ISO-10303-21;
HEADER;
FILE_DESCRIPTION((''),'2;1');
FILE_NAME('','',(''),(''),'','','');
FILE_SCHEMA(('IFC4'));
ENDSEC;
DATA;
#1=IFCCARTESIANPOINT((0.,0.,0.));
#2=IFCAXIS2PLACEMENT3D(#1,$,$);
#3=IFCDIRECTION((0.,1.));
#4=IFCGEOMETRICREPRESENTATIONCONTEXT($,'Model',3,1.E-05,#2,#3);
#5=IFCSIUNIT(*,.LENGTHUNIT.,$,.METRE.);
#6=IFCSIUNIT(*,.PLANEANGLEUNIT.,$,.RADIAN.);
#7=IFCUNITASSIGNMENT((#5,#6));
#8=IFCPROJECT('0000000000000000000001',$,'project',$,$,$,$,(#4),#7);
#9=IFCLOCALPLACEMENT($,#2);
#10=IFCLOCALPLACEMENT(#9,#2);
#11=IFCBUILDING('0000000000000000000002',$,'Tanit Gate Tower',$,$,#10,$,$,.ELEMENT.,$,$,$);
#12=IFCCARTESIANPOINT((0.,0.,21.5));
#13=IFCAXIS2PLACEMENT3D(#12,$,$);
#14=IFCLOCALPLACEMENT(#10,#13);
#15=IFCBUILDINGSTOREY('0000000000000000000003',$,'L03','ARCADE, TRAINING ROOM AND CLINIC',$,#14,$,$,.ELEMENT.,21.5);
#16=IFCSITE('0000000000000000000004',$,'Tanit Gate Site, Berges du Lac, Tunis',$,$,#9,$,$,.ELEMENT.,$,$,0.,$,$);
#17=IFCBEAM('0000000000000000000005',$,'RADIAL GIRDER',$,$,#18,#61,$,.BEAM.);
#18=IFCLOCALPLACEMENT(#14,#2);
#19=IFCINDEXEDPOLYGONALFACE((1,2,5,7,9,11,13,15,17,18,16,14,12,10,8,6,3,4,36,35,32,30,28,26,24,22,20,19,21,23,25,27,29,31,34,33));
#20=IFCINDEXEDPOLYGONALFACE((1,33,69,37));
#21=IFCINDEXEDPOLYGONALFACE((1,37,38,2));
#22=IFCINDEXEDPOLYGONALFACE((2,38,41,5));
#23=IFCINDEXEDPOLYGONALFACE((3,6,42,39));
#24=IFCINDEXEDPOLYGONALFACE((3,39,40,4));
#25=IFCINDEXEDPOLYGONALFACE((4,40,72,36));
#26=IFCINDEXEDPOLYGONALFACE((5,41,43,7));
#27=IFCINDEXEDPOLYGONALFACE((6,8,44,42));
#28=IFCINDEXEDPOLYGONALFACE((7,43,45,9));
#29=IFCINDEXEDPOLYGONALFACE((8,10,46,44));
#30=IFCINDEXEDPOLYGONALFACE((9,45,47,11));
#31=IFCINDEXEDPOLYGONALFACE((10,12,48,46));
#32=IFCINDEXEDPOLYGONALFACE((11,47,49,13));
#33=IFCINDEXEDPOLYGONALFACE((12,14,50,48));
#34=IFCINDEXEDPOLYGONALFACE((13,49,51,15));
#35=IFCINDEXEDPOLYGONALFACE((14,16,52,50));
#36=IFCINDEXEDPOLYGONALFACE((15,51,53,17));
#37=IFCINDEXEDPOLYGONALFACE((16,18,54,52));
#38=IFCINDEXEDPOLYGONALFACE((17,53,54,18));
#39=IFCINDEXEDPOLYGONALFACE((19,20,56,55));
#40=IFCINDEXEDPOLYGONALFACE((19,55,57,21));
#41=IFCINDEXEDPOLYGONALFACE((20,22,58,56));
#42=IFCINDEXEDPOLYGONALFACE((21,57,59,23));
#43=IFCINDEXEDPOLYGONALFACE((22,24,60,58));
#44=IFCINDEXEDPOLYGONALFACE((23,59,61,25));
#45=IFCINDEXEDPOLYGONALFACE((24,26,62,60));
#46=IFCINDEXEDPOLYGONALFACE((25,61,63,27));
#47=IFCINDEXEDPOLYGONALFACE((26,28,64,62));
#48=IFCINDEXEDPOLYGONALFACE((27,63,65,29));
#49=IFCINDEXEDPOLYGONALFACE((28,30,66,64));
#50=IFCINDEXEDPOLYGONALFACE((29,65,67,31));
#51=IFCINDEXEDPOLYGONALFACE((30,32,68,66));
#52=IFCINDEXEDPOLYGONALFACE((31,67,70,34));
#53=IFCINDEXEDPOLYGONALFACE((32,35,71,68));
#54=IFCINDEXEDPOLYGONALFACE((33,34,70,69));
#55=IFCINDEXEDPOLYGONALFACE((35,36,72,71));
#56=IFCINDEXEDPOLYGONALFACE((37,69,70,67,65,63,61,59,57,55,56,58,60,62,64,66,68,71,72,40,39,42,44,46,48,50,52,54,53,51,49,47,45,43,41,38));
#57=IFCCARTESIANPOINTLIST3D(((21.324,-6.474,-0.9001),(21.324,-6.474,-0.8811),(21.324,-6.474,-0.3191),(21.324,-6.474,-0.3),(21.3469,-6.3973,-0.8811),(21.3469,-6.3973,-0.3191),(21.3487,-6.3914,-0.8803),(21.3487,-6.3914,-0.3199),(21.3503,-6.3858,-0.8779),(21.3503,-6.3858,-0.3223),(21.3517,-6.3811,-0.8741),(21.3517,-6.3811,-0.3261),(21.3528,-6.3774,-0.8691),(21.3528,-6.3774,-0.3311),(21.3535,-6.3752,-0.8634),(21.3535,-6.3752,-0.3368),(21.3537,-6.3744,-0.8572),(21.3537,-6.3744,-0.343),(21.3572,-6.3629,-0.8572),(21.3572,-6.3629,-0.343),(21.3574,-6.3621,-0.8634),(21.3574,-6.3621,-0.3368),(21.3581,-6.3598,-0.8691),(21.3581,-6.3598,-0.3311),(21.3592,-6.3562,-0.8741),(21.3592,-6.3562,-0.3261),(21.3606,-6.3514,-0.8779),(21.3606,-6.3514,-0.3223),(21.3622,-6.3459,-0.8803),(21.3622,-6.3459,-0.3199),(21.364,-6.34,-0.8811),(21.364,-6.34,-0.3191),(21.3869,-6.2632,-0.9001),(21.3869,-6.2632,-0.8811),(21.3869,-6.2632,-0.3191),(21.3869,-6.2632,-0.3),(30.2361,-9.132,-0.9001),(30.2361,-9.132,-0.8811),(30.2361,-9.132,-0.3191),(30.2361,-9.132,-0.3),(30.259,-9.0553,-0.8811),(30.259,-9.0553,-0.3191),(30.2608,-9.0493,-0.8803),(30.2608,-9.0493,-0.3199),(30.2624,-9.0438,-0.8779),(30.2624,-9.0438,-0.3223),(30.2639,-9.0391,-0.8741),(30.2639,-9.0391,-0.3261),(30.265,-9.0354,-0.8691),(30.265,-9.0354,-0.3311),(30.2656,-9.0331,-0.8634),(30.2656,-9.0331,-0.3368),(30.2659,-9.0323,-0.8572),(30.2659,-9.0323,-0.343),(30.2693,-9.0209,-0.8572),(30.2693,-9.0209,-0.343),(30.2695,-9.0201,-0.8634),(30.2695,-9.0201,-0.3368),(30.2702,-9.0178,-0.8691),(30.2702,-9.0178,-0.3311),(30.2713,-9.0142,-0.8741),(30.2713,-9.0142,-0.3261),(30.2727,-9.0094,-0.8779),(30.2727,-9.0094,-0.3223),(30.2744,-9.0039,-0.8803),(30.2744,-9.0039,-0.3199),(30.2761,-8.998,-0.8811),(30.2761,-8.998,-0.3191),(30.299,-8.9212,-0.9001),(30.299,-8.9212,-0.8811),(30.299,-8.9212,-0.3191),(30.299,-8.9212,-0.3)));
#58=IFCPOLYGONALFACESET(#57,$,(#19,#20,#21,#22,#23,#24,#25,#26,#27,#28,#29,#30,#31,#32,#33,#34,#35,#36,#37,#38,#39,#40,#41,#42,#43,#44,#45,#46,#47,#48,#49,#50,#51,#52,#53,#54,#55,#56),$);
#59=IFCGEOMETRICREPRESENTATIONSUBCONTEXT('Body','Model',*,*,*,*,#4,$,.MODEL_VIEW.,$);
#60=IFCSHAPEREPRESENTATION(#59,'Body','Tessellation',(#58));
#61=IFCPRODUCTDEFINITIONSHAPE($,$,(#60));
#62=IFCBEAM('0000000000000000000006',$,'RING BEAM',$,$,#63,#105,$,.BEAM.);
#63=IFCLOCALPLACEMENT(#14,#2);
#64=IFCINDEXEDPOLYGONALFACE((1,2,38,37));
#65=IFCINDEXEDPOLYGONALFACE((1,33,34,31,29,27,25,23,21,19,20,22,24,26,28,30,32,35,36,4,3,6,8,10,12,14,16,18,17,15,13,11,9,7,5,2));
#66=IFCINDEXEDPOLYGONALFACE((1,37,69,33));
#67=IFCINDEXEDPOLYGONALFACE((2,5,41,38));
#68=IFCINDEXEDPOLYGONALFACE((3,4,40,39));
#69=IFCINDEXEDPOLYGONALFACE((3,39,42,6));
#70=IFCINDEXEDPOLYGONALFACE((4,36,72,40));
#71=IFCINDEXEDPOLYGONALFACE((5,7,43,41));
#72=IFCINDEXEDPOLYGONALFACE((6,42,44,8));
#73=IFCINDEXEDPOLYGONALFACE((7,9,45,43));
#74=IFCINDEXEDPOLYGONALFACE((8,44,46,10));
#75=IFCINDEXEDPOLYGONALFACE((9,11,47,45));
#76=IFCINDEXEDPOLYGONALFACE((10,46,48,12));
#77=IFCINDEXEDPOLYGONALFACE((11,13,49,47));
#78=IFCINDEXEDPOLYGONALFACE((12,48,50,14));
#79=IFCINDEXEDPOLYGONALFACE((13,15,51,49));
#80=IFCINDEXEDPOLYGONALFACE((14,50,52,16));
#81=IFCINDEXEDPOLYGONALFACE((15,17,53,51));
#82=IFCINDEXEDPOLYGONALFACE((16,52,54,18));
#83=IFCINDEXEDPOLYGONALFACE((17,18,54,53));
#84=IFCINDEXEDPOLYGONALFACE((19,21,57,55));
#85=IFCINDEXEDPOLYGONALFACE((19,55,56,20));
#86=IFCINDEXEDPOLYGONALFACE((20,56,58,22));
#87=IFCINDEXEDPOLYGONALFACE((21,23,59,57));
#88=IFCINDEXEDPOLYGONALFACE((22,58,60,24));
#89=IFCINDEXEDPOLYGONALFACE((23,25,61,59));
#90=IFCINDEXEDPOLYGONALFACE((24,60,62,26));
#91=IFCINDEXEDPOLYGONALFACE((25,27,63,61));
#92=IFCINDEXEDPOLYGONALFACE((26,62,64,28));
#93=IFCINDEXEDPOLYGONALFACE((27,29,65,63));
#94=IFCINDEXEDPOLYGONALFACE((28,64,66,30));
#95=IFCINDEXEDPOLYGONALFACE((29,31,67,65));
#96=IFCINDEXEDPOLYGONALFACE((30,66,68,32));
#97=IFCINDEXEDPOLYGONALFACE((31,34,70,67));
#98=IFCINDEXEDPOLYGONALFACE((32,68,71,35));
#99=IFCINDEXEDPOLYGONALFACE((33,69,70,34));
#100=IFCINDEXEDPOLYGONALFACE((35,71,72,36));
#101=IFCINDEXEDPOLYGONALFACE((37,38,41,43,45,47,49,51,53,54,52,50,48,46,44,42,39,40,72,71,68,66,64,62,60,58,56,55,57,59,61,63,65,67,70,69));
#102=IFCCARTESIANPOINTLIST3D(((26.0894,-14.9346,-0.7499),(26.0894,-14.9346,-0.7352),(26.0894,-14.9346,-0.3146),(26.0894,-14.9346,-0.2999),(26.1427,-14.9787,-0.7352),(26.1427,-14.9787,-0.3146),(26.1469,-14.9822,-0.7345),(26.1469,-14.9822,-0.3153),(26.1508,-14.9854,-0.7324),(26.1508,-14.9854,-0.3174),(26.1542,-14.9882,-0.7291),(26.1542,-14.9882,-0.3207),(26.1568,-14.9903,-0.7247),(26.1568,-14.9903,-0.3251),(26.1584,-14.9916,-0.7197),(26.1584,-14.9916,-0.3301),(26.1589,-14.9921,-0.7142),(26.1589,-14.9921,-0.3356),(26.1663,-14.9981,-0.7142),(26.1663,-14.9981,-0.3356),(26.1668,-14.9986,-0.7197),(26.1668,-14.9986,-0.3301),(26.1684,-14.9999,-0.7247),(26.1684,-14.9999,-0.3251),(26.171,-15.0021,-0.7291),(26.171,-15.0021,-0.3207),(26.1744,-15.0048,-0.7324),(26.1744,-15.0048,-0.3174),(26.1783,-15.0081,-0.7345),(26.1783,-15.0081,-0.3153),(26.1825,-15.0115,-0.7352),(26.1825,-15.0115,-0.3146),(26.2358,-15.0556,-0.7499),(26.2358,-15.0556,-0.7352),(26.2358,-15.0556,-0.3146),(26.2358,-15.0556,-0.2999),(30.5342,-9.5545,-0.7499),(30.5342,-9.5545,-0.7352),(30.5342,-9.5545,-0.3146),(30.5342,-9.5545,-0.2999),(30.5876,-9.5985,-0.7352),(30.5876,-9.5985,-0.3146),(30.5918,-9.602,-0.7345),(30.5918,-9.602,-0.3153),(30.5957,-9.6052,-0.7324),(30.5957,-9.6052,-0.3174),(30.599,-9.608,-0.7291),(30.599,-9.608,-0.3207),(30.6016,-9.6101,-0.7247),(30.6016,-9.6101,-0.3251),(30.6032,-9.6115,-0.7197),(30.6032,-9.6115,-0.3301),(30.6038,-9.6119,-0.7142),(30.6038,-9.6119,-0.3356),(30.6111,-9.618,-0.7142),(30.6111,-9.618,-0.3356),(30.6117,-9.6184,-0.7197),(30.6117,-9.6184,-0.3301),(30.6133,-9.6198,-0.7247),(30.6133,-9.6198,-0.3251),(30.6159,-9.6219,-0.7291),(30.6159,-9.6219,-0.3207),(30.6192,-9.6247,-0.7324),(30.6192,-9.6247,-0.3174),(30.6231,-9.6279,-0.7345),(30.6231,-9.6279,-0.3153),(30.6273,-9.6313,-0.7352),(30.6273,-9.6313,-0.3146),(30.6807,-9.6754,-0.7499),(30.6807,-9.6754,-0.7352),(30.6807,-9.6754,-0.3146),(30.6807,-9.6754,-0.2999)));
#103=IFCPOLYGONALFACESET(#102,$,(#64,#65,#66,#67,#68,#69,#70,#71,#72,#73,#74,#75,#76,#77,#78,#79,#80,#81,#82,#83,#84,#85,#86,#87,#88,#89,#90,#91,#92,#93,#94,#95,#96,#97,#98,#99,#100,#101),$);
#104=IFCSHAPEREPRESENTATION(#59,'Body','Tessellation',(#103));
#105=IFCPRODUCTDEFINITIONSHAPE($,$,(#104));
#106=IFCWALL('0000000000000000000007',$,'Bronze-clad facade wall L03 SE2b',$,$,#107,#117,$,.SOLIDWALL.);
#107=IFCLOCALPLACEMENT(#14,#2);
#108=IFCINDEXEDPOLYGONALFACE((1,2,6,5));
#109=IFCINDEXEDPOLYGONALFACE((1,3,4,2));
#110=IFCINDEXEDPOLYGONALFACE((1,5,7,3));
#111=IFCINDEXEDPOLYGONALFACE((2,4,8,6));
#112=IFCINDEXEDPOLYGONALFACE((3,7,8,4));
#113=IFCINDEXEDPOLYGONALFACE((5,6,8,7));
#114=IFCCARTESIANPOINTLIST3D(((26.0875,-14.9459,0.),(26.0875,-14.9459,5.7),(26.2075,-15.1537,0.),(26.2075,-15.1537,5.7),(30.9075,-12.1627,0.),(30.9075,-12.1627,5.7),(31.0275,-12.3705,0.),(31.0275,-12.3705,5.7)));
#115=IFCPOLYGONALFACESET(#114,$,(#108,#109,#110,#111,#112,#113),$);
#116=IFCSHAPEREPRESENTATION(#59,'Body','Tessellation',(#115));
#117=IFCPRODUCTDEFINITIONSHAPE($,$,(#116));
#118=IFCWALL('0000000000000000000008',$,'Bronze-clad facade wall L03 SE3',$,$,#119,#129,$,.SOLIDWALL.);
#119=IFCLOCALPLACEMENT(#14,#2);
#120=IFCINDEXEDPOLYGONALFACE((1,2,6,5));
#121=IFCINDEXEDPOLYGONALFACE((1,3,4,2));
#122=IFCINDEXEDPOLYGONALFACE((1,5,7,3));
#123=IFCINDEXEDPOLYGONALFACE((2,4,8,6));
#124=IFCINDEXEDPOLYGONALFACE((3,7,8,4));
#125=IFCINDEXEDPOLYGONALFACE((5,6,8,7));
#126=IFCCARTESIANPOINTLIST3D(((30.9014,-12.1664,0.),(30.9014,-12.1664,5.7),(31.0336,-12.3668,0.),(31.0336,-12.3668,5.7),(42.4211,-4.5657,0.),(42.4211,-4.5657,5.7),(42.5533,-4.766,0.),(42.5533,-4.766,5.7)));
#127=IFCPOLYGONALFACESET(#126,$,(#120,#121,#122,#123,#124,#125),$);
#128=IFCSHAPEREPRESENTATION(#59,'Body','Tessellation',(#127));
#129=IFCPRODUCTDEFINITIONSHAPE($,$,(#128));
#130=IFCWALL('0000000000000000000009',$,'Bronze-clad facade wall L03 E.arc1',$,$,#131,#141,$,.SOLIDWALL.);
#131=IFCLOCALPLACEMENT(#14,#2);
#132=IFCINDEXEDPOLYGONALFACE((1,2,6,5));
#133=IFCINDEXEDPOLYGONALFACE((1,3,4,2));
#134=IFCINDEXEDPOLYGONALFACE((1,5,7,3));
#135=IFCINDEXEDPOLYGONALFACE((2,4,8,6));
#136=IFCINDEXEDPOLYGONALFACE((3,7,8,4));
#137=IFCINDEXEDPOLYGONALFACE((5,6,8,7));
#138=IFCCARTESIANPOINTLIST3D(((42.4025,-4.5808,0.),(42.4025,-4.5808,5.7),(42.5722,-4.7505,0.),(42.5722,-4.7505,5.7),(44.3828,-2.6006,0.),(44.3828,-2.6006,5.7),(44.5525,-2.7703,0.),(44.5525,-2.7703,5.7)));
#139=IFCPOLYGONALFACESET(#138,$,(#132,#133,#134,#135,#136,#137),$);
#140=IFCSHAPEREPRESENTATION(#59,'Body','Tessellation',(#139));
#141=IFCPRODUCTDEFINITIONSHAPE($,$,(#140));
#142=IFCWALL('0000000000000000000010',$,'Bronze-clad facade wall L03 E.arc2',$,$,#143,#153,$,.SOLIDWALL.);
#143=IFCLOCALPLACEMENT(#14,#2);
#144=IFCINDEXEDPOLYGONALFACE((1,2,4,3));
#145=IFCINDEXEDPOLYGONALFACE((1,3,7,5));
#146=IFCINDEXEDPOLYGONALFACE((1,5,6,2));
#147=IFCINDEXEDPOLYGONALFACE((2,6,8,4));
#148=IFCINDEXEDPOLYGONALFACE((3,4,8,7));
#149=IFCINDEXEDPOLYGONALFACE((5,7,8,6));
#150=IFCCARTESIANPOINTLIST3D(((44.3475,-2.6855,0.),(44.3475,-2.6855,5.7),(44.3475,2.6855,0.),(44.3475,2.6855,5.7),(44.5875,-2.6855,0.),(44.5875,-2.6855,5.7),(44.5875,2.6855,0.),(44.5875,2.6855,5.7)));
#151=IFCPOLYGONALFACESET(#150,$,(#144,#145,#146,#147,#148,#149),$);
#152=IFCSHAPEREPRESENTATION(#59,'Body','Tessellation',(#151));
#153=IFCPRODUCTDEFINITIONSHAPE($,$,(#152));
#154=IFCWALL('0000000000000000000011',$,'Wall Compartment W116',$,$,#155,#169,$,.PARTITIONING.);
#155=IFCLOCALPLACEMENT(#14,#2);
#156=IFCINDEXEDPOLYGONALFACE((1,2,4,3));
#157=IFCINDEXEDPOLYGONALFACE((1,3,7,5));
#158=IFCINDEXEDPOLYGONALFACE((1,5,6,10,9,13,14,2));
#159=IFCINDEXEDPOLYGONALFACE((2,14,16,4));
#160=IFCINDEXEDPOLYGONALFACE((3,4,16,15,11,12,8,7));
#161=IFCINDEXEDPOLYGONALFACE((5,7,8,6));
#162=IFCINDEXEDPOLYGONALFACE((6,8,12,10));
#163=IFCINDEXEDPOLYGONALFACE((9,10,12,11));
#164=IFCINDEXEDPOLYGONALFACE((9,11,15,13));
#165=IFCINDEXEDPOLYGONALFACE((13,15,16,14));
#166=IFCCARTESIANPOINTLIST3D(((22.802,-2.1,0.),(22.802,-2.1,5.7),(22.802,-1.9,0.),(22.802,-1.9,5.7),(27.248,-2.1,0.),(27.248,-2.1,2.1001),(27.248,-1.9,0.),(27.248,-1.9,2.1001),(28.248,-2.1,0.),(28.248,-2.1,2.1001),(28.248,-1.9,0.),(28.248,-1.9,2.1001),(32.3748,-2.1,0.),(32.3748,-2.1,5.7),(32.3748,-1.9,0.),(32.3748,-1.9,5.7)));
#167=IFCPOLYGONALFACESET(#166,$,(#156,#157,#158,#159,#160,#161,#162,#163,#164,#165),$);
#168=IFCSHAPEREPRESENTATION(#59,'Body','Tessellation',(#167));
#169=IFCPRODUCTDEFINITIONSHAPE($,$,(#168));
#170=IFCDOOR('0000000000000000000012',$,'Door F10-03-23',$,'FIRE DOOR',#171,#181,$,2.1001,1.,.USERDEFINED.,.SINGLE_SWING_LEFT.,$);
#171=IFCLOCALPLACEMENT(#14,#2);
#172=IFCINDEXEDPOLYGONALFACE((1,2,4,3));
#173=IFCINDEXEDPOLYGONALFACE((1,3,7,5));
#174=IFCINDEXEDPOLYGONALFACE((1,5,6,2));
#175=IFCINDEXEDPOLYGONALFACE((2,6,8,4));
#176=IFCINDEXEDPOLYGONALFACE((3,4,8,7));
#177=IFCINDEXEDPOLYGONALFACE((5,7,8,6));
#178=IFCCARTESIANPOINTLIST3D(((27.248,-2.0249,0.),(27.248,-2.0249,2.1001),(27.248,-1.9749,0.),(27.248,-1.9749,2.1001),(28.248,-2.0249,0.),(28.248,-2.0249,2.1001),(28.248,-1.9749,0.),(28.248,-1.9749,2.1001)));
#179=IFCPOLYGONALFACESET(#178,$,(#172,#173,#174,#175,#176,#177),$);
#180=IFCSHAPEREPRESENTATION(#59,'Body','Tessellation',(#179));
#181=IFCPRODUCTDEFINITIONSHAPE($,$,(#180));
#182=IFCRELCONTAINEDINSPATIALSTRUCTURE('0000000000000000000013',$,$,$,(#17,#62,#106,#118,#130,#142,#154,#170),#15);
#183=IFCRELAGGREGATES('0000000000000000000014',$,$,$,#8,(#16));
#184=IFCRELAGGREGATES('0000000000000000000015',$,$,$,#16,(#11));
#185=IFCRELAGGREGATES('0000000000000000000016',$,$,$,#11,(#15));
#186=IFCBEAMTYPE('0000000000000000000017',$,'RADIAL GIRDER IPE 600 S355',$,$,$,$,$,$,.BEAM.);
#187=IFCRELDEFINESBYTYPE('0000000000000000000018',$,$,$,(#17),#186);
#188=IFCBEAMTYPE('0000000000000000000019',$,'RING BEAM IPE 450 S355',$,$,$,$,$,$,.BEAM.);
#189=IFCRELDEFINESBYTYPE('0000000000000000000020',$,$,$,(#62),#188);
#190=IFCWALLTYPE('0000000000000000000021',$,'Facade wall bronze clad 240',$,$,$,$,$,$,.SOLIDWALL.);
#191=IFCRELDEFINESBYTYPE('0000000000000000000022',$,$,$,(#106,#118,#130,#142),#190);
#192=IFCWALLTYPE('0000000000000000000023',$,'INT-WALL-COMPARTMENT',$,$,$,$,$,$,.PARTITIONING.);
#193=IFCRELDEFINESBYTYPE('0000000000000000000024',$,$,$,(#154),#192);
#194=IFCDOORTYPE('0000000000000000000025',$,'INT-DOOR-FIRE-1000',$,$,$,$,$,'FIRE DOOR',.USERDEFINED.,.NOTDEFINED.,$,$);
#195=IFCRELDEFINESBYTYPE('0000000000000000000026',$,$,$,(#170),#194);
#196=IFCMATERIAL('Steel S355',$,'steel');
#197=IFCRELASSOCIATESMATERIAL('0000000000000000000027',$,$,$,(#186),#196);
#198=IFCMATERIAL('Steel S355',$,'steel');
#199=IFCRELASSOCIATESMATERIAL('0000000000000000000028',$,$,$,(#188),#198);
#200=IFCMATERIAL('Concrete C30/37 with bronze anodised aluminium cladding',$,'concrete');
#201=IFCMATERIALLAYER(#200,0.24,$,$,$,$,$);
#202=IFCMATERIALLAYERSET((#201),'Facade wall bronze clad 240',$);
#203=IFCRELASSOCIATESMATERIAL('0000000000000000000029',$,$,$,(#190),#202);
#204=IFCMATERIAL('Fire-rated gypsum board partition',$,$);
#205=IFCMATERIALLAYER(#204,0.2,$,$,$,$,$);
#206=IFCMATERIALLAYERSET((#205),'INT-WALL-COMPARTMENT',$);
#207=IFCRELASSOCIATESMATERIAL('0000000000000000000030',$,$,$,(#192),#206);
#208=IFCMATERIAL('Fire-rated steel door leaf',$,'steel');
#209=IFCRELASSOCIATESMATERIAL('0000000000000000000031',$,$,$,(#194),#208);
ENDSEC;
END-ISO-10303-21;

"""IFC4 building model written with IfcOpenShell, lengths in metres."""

from ifc_helpers import new_model, si_unit, direction, frame, frame_2d, origin, origin_2d, place, context, subcontext, project, spatial, rectangle, i_section, extrude, material, layer, layer_set, material_profile, profile_set, type_object, element, fill, save


model = new_model("IFC4")

# Units and contexts
model_context = context("Model", 3, precision=1e-05, world=origin(), true_north=direction((0.0, 1.0)))
body_context = subcontext(model_context, "Body", "Model", "MODEL_VIEW")
ifc_project = project(units=[si_unit("LENGTHUNIT", "METRE"), si_unit("PLANEANGLEUNIT", "RADIAN")], contexts=[model_context])

# Site, building, storey
site_placement = place(None, origin())
site = spatial("IfcSite", under=ifc_project, at=site_placement, Name="Tanit Gate Site, Berges du Lac, Tunis", CompositionType="ELEMENT", RefElevation=0.0)
building_placement = place(site_placement, origin())
building = spatial("IfcBuilding", under=site, at=building_placement, Name="Tanit Gate Tower", CompositionType="ELEMENT")
storey_placement = place(building_placement, frame((0.0, 0.0, 21.5)))
storey = spatial("IfcBuildingStorey", under=building, at=storey_placement, Name="L03", Description="ARCADE, TRAINING ROOM AND CLINIC", CompositionType="ELEMENT", Elevation=21.5)

# Beams
ifc_material_1 = material(Name="Steel S355", Category="steel")
ifc_material_profile_1 = material_profile(ifc_material_1, i_section(OverallWidth=0.22, OverallDepth=0.6001, WebThickness=0.012, FlangeThickness=0.019, FilletRadius=0.0239, at=origin_2d()), Name="IPE 600")
ifc_profile_set_1 = profile_set([ifc_material_profile_1], Name="Steel S355")
beam_type_1 = type_object("IfcBeamType", Name="RADIAL GIRDER IPE 600 S355", PredefinedType="BEAM", material=ifc_profile_set_1)
beam_1_placement = place(storey_placement, frame((30.2676, -9.0266, -0.6001), z_axis=(-0.958289, 0.285801, 0.0), x_axis=(-0.285801, -0.958289, 0.0)))
element("IfcBeam", 1, at=beam_1_placement, inside=storey, type_object=beam_type_1, Name="RADIAL GIRDER", PredefinedType="BEAM", context=body_context, shape_type="SweptSolid", body=[
    extrude(i_section(OverallWidth=0.22, OverallDepth=0.6001, WebThickness=0.012, FlangeThickness=0.019, FilletRadius=0.0239, at=origin_2d()), origin(), (0.0, 0.0, 1.0), 9.3),
])
ifc_material_2 = material(Name="Steel S355", Category="steel")
ifc_material_profile_2 = material_profile(ifc_material_2, i_section(OverallWidth=0.1899, OverallDepth=0.45, WebThickness=0.0095, FlangeThickness=0.0146, FilletRadius=0.021, at=origin_2d()), Name="IPE 450")
ifc_profile_set_2 = profile_set([ifc_material_profile_2], Name="Steel S355")
beam_type_2 = type_object("IfcBeamType", Name="RING BEAM IPE 450 S355", PredefinedType="BEAM", material=ifc_profile_set_2)
beam_2_placement = place(storey_placement, frame((26.1626, -14.9951, -0.5249), z_axis=(0.636913, 0.770936, 0.0), x_axis=(-0.770936, 0.636913, 0.0)))
element("IfcBeam", 2, at=beam_2_placement, inside=storey, type_object=beam_type_2, Name="RING BEAM", PredefinedType="BEAM", context=body_context, shape_type="SweptSolid", body=[
    extrude(i_section(OverallWidth=0.1899, OverallDepth=0.45, WebThickness=0.0095, FlangeThickness=0.0146, FilletRadius=0.021, at=origin_2d()), origin(), (0.0, 0.0, 1.0), 6.9788),
])

# Walls
ifc_material_3 = material(Name="Concrete C30/37 with bronze anodised aluminium cladding", Category="concrete")
ifc_layer_1 = layer(ifc_material_3, 0.24)
ifc_layer_set_1 = layer_set([ifc_layer_1], Name="Facade wall bronze clad 240")
wall_type_1 = type_object("IfcWallType", Name="Facade wall bronze clad 240", PredefinedType="SOLIDWALL", material=ifc_layer_set_1)
wall_1_placement = place(storey_placement, frame((26.1475, -15.0498, 0.0), z_axis=(0.0, 0.0, 1.0), x_axis=(0.865999, 0.500045, 0.0)))
element("IfcWall", 3, at=wall_1_placement, inside=storey, type_object=wall_type_1, Name="Bronze-clad facade wall L03 SE2b", PredefinedType="SOLIDWALL", context=body_context, shape_type="SweptSolid", body=[
    extrude(rectangle(XDim=5.5659, YDim=0.24, at=frame_2d((2.783, 0.0))), origin(), (0.0, 0.0, 1.0), 5.7),
])
wall_2_placement = place(storey_placement, frame((30.9675, -12.2666, 0.0), z_axis=(0.0, 0.0, 1.0), x_axis=(0.834683, 0.55073, 0.0)))
element("IfcWall", 4, at=wall_2_placement, inside=storey, type_object=wall_type_1, Name="Bronze-clad facade wall L03 SE3", PredefinedType="SOLIDWALL", context=body_context, shape_type="SweptSolid", body=[
    extrude(rectangle(XDim=13.8013, YDim=0.24, at=frame_2d((6.9006, 0.0))), origin(), (0.0, 0.0, 1.0), 5.7),
])
wall_3_placement = place(storey_placement, frame((42.4873, -4.6658, 0.0), z_axis=(0.0, 0.0, 1.0), x_axis=(0.707107, 0.707107, 0.0)))
element("IfcWall", 5, at=wall_3_placement, inside=storey, type_object=wall_type_1, Name="Bronze-clad facade wall L03 E.arc1", PredefinedType="SOLIDWALL", context=body_context, shape_type="SweptSolid", body=[
    extrude(rectangle(XDim=2.8005, YDim=0.24, at=frame_2d((1.4004, 0.0))), origin(), (0.0, 0.0, 1.0), 5.7),
])
wall_4_placement = place(storey_placement, frame((44.4675, -2.6855, 0.0), z_axis=(0.0, 0.0, 1.0), x_axis=(0.0, 1.0, 0.0)))
element("IfcWall", 6, at=wall_4_placement, inside=storey, type_object=wall_type_1, Name="Bronze-clad facade wall L03 E.arc2", PredefinedType="SOLIDWALL", context=body_context, shape_type="SweptSolid", body=[
    extrude(rectangle(XDim=5.3711, YDim=0.24, at=frame_2d((2.6855, 0.0))), origin(), (0.0, 0.0, 1.0), 5.7),
])

# Wall, opening, door
ifc_material_4 = material(Name="Fire-rated gypsum board partition")
ifc_layer_2 = layer(ifc_material_4, 0.2)
ifc_layer_set_2 = layer_set([ifc_layer_2], Name="INT-WALL-COMPARTMENT")
wall_type_2 = type_object("IfcWallType", Name="INT-WALL-COMPARTMENT", PredefinedType="PARTITIONING", material=ifc_layer_set_2)
wall_5_placement = place(storey_placement, frame((32.3748, -2.0, 0.0), z_axis=(0.0, 0.0, 1.0), x_axis=(-1.0, 0.0, 0.0)))
wall_5 = element("IfcWall", 7, at=wall_5_placement, inside=storey, type_object=wall_type_2, Name="Wall Compartment W116", PredefinedType="PARTITIONING", context=body_context, shape_type="SweptSolid", body=[
    extrude(rectangle(XDim=9.5728, YDim=0.2, at=frame_2d((4.7864, 0.0))), origin(), (0.0, 0.0, 1.0), 5.7),
])
opening_1_placement = place(wall_5_placement, frame((4.1267, 0.0, 0.0)))
opening_1 = element("IfcOpeningElement", 8, at=opening_1_placement, cuts=wall_5, PredefinedType="OPENING", context=body_context, shape_type="SweptSolid", body=[
    extrude(rectangle(XDim=1.0, YDim=2.1001, at=frame_2d((0.5, 1.05))), frame((0.0, 0.1099, 0.0), z_axis=(0.0, -1.0, 0.0), x_axis=(1.0, 0.0, 0.0)), (0.0, 0.0, 1.0), 0.22),
])
ifc_material_5 = material(Name="Fire-rated steel door leaf", Category="steel")
door_type = type_object("IfcDoorType", Name="INT-DOOR-FIRE-1000", ElementType="FIRE DOOR", OperationType="NOTDEFINED", PredefinedType="USERDEFINED", material=ifc_material_5)
door_1_placement = place(opening_1_placement, origin())
door_1 = element("IfcDoor", 9, at=door_1_placement, inside=storey, type_object=door_type, Name="Door F10-03-23", ObjectType="FIRE DOOR", OperationType="SINGLE_SWING_LEFT", OverallHeight=2.1001, OverallWidth=1.0, PredefinedType="USERDEFINED", context=body_context, shape_type="SweptSolid", body=[
    extrude(rectangle(XDim=1.0, YDim=2.1001, at=frame_2d((0.5, 1.05))), frame((0.0, 0.0249, 0.0), z_axis=(0.0, -1.0, 0.0), x_axis=(1.0, 0.0, 0.0)), (0.0, 0.0, 1.0), 0.05),
])
fill(opening_1, door_1)

save(model, "model.ifc")
